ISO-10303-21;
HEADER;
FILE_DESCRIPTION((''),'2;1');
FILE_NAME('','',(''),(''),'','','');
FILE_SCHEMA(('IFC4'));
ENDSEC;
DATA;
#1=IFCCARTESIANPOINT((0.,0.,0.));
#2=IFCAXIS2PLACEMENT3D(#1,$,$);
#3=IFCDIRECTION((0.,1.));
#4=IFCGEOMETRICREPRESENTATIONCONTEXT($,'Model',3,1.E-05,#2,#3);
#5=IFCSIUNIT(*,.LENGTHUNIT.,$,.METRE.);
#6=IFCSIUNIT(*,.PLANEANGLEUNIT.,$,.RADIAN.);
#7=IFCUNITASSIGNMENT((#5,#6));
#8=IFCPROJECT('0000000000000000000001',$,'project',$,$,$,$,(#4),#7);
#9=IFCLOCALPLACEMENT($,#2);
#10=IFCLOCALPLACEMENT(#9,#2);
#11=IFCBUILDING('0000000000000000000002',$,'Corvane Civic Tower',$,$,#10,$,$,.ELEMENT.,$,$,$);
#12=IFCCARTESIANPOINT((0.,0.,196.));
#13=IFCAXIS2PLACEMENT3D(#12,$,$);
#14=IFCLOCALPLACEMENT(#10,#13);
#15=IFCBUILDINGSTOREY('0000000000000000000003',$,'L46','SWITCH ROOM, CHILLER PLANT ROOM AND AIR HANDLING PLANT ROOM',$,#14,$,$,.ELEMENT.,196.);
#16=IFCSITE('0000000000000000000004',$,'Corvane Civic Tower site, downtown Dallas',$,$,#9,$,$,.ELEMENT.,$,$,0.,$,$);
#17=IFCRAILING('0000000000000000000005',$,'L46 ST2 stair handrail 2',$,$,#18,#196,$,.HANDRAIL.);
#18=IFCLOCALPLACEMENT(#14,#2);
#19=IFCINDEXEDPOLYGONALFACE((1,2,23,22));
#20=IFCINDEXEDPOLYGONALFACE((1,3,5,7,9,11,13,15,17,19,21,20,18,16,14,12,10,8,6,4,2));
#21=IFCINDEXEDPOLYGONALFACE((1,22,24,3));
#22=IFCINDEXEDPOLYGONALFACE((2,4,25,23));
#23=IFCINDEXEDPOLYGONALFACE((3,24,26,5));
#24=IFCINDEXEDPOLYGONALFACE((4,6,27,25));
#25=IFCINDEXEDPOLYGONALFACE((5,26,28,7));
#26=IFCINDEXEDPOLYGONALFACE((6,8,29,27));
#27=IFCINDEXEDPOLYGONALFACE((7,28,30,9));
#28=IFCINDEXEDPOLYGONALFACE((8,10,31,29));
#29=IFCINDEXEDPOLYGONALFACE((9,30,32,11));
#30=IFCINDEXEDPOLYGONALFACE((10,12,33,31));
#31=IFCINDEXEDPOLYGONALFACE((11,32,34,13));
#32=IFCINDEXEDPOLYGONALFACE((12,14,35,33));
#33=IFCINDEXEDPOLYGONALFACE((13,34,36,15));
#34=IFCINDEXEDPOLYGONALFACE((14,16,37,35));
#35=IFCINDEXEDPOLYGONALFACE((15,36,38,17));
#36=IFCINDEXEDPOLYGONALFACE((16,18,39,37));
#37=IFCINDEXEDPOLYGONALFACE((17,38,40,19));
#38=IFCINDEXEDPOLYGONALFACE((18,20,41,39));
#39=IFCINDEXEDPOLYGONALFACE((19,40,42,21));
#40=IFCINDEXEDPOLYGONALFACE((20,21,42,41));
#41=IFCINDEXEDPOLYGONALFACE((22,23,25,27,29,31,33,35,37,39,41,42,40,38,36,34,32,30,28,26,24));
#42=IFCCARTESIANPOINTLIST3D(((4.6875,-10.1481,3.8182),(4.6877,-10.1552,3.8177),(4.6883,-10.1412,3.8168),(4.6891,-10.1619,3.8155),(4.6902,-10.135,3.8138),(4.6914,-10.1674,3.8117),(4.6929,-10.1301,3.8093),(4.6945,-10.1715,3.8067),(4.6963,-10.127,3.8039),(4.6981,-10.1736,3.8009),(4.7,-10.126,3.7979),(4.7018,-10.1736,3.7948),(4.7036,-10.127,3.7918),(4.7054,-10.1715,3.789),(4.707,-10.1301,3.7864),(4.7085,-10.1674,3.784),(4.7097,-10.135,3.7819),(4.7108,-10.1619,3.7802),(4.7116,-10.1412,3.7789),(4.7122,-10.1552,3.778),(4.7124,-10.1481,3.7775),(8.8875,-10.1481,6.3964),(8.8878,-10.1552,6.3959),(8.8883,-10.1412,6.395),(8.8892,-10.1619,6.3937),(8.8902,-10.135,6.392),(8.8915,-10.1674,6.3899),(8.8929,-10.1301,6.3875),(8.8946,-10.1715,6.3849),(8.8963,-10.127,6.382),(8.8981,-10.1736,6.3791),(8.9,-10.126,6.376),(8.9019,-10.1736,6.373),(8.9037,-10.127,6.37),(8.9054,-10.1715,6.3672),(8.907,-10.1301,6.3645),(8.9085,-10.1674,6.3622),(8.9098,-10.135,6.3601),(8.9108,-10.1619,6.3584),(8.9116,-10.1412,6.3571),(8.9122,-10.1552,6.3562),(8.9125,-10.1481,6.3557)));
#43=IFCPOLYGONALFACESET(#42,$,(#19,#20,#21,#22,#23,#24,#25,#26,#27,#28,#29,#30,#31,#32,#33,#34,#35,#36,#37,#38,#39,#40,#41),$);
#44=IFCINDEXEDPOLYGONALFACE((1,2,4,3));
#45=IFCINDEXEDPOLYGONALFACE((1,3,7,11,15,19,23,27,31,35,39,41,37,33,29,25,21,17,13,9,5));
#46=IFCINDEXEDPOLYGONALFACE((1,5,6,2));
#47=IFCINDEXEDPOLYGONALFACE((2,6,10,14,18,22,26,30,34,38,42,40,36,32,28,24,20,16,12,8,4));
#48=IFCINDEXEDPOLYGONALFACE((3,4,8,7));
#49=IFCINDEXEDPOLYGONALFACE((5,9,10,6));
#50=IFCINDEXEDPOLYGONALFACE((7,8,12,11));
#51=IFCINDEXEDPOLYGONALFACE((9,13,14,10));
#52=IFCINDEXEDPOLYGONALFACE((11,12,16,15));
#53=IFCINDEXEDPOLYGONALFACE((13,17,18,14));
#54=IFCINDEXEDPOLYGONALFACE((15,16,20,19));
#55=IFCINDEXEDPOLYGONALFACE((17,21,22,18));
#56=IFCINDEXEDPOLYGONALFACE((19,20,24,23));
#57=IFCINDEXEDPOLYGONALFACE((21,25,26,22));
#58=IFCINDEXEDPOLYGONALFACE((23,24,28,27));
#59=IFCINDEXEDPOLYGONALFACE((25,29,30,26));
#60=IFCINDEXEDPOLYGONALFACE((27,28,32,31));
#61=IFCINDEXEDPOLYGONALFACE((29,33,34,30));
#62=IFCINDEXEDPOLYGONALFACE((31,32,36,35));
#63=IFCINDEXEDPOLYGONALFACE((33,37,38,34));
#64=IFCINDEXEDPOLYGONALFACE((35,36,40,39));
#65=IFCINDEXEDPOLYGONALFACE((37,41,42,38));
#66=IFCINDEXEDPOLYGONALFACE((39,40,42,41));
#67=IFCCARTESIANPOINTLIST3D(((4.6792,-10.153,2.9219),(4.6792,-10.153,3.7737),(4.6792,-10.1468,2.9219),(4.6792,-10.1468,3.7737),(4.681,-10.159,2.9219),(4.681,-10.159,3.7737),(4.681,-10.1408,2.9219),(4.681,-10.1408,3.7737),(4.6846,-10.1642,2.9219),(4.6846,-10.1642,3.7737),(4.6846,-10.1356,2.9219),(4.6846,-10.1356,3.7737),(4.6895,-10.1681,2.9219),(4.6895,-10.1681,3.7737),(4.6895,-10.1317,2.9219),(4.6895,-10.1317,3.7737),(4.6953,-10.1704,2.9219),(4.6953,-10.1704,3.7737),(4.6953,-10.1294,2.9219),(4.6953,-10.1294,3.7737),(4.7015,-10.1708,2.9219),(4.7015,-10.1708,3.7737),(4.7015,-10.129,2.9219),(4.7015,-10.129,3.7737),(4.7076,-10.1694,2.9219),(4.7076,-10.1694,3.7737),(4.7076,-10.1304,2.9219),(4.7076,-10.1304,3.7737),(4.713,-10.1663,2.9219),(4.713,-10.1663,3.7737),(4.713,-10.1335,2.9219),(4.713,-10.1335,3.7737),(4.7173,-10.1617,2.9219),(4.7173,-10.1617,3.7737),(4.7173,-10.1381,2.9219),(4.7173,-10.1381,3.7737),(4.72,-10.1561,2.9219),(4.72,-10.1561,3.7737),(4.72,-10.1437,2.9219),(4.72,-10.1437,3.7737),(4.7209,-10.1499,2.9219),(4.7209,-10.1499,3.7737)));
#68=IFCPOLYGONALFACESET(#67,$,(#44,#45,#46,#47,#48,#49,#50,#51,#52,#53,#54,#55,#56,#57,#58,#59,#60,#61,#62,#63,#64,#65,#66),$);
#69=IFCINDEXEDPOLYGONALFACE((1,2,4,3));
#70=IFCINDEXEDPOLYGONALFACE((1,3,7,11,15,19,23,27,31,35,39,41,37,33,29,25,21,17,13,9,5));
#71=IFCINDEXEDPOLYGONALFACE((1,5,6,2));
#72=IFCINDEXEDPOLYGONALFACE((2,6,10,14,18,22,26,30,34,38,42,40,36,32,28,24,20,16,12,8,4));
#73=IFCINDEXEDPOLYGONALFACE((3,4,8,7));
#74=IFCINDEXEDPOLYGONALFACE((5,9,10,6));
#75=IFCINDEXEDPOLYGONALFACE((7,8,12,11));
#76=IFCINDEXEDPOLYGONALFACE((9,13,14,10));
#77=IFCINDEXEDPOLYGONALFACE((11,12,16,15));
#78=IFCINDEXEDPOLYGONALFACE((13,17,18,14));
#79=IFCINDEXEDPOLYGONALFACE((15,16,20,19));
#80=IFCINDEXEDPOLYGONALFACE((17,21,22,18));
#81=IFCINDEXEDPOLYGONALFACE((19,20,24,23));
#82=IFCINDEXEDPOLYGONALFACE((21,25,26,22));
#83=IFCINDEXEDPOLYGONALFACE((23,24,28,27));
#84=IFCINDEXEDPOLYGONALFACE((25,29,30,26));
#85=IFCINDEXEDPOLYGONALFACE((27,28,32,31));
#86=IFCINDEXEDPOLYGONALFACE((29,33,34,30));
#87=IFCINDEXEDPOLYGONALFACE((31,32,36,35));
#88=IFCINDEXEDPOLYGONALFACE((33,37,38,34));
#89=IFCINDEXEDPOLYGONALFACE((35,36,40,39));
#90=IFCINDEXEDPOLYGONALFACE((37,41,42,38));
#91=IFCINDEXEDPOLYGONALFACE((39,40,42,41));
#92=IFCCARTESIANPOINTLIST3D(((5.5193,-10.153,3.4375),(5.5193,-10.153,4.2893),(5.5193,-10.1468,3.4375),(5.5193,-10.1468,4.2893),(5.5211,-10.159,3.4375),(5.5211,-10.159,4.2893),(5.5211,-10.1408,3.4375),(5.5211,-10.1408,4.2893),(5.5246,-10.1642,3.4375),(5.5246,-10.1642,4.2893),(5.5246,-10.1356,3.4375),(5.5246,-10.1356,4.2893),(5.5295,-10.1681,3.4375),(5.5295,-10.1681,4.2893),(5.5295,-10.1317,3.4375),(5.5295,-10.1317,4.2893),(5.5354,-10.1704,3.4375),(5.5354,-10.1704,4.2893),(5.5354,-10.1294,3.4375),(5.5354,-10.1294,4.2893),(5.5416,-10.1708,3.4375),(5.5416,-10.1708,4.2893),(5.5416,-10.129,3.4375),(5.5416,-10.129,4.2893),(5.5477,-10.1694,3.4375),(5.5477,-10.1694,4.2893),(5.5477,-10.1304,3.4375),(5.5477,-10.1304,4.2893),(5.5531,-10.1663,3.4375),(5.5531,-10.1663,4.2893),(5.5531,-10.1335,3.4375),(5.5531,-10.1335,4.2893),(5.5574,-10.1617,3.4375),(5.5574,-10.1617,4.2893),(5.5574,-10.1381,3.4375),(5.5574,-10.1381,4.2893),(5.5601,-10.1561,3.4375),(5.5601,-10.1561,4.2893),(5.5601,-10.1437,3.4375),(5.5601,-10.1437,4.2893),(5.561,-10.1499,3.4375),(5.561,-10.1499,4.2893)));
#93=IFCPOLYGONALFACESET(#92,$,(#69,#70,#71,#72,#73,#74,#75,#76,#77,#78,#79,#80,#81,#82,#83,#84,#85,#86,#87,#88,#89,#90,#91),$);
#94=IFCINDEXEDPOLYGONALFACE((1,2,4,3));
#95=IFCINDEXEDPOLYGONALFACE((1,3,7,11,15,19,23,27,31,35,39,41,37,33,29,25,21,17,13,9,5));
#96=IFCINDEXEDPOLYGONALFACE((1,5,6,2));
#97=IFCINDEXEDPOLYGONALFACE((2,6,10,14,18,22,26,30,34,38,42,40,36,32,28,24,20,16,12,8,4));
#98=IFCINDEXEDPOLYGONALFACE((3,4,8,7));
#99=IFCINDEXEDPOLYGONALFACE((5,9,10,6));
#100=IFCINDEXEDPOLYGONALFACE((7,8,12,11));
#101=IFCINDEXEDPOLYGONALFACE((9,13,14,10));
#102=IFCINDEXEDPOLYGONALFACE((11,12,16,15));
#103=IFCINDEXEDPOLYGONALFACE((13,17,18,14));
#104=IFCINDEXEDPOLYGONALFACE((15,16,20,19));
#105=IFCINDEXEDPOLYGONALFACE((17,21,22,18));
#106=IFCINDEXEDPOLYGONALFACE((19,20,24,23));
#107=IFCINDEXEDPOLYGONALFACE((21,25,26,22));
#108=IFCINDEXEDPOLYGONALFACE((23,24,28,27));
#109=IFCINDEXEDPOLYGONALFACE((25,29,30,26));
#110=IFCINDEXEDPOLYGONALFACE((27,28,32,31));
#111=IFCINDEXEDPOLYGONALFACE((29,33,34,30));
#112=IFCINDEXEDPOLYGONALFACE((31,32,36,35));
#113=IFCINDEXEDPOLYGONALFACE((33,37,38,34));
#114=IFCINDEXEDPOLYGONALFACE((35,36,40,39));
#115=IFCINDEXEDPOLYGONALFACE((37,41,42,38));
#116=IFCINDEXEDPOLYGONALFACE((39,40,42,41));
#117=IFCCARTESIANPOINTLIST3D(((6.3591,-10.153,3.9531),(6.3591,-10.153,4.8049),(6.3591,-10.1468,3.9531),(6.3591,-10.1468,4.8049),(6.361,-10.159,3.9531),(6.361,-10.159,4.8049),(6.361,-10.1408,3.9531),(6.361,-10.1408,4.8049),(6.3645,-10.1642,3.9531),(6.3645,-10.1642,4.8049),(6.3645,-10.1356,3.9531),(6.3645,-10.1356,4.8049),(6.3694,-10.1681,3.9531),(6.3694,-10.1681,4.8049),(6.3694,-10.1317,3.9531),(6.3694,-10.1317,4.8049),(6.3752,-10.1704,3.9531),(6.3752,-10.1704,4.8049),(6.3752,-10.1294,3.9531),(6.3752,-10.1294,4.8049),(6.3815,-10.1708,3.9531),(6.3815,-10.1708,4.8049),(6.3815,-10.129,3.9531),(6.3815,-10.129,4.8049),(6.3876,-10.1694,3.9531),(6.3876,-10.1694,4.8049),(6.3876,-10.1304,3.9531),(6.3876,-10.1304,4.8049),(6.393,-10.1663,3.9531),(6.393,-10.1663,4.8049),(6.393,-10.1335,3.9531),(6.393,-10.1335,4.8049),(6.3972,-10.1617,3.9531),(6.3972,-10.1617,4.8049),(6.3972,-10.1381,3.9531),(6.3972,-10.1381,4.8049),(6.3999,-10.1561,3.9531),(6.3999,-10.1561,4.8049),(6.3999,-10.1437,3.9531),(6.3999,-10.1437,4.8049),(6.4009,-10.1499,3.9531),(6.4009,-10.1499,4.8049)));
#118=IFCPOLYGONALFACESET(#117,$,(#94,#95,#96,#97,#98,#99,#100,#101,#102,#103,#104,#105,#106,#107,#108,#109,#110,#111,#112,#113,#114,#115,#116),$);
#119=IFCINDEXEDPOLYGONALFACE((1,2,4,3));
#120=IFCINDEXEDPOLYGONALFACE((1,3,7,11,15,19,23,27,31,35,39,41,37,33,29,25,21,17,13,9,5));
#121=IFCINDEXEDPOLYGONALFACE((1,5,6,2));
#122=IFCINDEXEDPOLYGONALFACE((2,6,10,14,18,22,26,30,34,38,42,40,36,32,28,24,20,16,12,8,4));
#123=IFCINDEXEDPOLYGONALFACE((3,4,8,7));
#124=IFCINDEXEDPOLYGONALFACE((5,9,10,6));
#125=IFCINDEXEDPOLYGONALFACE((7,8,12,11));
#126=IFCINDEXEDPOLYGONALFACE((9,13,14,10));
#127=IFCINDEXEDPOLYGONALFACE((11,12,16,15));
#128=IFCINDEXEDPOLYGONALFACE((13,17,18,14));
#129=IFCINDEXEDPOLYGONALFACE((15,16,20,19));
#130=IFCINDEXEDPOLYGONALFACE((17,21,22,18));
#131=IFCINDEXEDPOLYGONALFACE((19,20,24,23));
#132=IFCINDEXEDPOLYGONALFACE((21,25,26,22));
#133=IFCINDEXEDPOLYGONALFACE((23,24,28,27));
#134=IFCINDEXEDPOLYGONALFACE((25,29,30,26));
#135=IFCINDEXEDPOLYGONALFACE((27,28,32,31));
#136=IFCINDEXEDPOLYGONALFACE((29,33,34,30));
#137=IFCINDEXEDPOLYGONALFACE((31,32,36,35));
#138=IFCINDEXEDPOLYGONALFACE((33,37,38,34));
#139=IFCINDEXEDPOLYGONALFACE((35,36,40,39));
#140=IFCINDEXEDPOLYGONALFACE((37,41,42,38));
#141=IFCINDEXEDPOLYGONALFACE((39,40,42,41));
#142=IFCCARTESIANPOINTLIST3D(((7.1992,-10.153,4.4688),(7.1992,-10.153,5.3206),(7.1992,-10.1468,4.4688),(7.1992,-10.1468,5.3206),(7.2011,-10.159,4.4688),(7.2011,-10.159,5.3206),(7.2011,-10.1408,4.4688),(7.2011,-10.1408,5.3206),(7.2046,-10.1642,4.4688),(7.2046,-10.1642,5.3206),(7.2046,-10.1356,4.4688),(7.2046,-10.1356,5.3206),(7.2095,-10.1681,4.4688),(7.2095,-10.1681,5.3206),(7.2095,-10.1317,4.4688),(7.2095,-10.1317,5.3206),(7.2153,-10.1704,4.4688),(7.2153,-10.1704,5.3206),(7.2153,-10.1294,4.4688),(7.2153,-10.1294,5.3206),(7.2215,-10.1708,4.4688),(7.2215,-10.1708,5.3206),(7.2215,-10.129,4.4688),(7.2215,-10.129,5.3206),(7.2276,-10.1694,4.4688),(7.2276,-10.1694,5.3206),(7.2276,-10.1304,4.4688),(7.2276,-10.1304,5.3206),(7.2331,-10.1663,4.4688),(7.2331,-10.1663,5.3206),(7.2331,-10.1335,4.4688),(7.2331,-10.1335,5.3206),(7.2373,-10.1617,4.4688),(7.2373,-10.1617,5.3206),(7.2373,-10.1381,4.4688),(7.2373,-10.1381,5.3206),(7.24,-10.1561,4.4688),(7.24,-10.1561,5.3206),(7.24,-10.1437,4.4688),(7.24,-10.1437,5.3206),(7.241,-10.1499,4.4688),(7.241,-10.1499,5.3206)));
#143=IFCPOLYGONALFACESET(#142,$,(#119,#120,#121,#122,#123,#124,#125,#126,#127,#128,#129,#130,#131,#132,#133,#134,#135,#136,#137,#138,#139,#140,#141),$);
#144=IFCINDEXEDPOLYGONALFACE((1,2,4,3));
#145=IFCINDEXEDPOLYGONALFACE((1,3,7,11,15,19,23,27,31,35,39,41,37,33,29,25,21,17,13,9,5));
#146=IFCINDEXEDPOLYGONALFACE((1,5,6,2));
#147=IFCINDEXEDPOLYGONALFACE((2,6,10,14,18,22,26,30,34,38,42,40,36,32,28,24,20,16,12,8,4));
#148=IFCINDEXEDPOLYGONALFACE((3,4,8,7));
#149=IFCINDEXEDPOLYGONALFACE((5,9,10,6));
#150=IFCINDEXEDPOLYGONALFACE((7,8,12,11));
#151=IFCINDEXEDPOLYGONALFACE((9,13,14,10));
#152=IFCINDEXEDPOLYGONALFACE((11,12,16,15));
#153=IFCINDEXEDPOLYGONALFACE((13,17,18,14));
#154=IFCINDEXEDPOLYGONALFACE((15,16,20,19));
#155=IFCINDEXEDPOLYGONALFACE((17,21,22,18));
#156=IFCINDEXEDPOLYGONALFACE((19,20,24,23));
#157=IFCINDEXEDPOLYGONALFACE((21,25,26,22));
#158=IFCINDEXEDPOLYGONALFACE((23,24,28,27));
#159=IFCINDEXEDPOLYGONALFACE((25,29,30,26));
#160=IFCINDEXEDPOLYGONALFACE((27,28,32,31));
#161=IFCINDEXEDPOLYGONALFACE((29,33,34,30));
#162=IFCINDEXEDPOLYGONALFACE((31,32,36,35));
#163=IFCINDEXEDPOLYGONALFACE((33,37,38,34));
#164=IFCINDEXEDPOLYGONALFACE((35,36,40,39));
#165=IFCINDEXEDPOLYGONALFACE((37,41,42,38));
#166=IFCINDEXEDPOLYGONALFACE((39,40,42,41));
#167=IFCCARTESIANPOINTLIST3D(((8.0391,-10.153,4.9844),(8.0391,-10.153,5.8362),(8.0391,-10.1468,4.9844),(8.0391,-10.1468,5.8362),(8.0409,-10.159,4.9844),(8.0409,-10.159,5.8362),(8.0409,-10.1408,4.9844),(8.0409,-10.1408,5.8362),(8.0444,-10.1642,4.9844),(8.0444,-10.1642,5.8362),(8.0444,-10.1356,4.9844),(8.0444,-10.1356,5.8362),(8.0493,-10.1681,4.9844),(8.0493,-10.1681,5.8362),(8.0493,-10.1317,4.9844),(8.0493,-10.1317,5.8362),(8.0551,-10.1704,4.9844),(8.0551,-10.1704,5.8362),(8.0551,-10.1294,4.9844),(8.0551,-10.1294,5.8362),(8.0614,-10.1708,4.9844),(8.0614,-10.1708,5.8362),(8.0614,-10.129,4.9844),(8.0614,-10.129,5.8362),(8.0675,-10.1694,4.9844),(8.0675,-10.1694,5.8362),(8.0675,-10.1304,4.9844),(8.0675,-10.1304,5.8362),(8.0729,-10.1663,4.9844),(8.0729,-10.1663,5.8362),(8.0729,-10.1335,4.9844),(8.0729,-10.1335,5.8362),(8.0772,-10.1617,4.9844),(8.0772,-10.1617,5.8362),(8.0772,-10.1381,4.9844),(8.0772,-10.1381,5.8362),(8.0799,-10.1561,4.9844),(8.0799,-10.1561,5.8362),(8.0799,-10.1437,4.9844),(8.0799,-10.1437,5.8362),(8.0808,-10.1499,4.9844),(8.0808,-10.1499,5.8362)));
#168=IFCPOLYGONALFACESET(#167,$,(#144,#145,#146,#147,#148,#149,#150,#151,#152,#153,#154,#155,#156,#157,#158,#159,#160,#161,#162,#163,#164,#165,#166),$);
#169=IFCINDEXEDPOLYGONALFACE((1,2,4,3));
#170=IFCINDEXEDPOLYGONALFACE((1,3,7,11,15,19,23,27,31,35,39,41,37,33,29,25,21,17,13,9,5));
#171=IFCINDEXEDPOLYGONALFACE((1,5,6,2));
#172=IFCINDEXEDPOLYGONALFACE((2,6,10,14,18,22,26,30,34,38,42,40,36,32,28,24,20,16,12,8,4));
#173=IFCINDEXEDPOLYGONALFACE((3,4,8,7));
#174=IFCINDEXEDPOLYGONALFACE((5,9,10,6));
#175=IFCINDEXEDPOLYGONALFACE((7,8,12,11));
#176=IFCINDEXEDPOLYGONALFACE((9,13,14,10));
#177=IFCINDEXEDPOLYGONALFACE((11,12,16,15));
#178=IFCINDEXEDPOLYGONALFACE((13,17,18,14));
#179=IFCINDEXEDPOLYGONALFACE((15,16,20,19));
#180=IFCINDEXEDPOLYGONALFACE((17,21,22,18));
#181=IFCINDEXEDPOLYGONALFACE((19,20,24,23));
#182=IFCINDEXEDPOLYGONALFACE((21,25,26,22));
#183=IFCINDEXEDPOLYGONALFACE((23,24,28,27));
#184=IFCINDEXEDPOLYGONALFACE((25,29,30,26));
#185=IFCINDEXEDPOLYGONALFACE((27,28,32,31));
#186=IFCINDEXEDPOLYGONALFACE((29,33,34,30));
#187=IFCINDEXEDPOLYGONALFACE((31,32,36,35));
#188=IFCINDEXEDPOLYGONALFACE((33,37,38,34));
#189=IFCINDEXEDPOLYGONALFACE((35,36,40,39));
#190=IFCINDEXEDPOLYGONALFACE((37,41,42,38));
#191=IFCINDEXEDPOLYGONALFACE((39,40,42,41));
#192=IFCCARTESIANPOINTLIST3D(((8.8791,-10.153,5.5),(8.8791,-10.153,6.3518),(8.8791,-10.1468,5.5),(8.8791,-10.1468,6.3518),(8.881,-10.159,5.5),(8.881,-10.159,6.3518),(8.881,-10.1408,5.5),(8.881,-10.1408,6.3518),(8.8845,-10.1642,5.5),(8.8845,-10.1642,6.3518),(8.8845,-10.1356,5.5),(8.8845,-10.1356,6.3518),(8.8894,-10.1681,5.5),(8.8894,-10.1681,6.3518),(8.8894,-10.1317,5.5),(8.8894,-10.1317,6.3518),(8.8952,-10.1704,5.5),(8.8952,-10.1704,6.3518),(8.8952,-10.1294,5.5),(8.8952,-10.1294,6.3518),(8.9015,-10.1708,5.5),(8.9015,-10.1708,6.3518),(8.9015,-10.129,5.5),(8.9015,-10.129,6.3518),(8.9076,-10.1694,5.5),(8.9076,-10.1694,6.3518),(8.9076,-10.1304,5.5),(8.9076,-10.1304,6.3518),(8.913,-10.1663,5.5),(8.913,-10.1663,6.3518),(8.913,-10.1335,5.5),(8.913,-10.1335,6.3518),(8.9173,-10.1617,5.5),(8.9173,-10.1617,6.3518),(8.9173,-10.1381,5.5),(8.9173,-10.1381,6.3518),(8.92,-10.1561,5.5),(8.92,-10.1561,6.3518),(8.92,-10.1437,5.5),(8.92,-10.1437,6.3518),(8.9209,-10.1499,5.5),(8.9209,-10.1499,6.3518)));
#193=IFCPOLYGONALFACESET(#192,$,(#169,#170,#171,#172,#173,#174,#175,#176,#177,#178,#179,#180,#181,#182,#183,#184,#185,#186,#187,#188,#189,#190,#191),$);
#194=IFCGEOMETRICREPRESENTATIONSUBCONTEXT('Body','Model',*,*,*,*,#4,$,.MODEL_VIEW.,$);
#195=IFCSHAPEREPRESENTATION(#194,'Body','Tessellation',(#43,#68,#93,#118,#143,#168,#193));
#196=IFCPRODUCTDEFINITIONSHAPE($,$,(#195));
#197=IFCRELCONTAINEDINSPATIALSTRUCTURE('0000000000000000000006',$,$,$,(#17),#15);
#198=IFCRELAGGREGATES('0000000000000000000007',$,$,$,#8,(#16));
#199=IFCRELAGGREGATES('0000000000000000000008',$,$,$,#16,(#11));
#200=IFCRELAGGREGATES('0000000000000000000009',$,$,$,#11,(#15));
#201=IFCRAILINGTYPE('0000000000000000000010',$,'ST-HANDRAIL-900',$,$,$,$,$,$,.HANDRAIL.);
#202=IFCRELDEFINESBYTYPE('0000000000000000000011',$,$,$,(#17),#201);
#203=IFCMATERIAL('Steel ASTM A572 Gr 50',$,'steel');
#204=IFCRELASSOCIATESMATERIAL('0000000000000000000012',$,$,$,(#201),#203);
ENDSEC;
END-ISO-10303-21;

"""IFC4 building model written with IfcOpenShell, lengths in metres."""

from ifc_helpers import new_model, si_unit, direction, frame, origin, origin_2d, place, context, subcontext, project, spatial, circle, extrude, material, type_object, element, save


model = new_model("IFC4")

# Units and contexts
model_context = context("Model", 3, precision=1e-05, world=origin(), true_north=direction((0.0, 1.0)))
body_context = subcontext(model_context, "Body", "Model", "MODEL_VIEW")
ifc_project = project(units=[si_unit("LENGTHUNIT", "METRE"), si_unit("PLANEANGLEUNIT", "RADIAN")], contexts=[model_context])

# Site, building, storey
site_placement = place(None, origin())
site = spatial("IfcSite", under=ifc_project, at=site_placement, Name="Corvane Civic Tower site, downtown Dallas", CompositionType="ELEMENT", RefElevation=0.0)
building_placement = place(site_placement, origin())
building = spatial("IfcBuilding", under=site, at=building_placement, Name="Corvane Civic Tower", CompositionType="ELEMENT")
storey_placement = place(building_placement, frame((0.0, 0.0, 196.0)))
storey = spatial("IfcBuildingStorey", under=building, at=storey_placement, Name="L46", Description="SWITCH ROOM, CHILLER PLANT ROOM AND AIR HANDLING PLANT ROOM", CompositionType="ELEMENT", Elevation=196.0)

# Railing
ifc_material_1 = material(Name="Steel ASTM A572 Gr 50", Category="steel")
railing_type = type_object("IfcRailingType", Name="ST-HANDRAIL-900", PredefinedType="HANDRAIL", material=ifc_material_1)
railing_placement = place(storey_placement, frame((4.7, -10.1499, 2.9219)))
element("IfcRailing", 1, at=railing_placement, inside=storey, type_object=railing_type, Name="L46 ST2 stair handrail 2", PredefinedType="HANDRAIL", context=body_context, shape_type="SweptSolid", body=[
    extrude(circle(Radius=0.0239, at=origin_2d()), frame((0.0, 0.0, 0.876), z_axis=(0.852243, 0.0, 0.523146), x_axis=(0.0, 1.0, 0.0)), (0.0, 0.0, 1.0), 4.9282),
    extrude(circle(Radius=0.021, at=origin_2d()), origin(), (0.0, 0.0, 1.0), 0.8518),
    extrude(circle(Radius=0.021, at=origin_2d()), frame((0.8401, 0.0, 0.5156)), (0.0, 0.0, 1.0), 0.8518),
    extrude(circle(Radius=0.021, at=origin_2d()), frame((1.6799, 0.0, 1.0312)), (0.0, 0.0, 1.0), 0.8518),
    extrude(circle(Radius=0.021, at=origin_2d()), frame((2.52, 0.0, 1.5469)), (0.0, 0.0, 1.0), 0.8518),
    extrude(circle(Radius=0.021, at=origin_2d()), frame((3.3599, 0.0, 2.0625)), (0.0, 0.0, 1.0), 0.8518),
    extrude(circle(Radius=0.021, at=origin_2d()), frame((4.2, 0.0, 2.5781)), (0.0, 0.0, 1.0), 0.8518),
])

save(model, "model.ifc")
